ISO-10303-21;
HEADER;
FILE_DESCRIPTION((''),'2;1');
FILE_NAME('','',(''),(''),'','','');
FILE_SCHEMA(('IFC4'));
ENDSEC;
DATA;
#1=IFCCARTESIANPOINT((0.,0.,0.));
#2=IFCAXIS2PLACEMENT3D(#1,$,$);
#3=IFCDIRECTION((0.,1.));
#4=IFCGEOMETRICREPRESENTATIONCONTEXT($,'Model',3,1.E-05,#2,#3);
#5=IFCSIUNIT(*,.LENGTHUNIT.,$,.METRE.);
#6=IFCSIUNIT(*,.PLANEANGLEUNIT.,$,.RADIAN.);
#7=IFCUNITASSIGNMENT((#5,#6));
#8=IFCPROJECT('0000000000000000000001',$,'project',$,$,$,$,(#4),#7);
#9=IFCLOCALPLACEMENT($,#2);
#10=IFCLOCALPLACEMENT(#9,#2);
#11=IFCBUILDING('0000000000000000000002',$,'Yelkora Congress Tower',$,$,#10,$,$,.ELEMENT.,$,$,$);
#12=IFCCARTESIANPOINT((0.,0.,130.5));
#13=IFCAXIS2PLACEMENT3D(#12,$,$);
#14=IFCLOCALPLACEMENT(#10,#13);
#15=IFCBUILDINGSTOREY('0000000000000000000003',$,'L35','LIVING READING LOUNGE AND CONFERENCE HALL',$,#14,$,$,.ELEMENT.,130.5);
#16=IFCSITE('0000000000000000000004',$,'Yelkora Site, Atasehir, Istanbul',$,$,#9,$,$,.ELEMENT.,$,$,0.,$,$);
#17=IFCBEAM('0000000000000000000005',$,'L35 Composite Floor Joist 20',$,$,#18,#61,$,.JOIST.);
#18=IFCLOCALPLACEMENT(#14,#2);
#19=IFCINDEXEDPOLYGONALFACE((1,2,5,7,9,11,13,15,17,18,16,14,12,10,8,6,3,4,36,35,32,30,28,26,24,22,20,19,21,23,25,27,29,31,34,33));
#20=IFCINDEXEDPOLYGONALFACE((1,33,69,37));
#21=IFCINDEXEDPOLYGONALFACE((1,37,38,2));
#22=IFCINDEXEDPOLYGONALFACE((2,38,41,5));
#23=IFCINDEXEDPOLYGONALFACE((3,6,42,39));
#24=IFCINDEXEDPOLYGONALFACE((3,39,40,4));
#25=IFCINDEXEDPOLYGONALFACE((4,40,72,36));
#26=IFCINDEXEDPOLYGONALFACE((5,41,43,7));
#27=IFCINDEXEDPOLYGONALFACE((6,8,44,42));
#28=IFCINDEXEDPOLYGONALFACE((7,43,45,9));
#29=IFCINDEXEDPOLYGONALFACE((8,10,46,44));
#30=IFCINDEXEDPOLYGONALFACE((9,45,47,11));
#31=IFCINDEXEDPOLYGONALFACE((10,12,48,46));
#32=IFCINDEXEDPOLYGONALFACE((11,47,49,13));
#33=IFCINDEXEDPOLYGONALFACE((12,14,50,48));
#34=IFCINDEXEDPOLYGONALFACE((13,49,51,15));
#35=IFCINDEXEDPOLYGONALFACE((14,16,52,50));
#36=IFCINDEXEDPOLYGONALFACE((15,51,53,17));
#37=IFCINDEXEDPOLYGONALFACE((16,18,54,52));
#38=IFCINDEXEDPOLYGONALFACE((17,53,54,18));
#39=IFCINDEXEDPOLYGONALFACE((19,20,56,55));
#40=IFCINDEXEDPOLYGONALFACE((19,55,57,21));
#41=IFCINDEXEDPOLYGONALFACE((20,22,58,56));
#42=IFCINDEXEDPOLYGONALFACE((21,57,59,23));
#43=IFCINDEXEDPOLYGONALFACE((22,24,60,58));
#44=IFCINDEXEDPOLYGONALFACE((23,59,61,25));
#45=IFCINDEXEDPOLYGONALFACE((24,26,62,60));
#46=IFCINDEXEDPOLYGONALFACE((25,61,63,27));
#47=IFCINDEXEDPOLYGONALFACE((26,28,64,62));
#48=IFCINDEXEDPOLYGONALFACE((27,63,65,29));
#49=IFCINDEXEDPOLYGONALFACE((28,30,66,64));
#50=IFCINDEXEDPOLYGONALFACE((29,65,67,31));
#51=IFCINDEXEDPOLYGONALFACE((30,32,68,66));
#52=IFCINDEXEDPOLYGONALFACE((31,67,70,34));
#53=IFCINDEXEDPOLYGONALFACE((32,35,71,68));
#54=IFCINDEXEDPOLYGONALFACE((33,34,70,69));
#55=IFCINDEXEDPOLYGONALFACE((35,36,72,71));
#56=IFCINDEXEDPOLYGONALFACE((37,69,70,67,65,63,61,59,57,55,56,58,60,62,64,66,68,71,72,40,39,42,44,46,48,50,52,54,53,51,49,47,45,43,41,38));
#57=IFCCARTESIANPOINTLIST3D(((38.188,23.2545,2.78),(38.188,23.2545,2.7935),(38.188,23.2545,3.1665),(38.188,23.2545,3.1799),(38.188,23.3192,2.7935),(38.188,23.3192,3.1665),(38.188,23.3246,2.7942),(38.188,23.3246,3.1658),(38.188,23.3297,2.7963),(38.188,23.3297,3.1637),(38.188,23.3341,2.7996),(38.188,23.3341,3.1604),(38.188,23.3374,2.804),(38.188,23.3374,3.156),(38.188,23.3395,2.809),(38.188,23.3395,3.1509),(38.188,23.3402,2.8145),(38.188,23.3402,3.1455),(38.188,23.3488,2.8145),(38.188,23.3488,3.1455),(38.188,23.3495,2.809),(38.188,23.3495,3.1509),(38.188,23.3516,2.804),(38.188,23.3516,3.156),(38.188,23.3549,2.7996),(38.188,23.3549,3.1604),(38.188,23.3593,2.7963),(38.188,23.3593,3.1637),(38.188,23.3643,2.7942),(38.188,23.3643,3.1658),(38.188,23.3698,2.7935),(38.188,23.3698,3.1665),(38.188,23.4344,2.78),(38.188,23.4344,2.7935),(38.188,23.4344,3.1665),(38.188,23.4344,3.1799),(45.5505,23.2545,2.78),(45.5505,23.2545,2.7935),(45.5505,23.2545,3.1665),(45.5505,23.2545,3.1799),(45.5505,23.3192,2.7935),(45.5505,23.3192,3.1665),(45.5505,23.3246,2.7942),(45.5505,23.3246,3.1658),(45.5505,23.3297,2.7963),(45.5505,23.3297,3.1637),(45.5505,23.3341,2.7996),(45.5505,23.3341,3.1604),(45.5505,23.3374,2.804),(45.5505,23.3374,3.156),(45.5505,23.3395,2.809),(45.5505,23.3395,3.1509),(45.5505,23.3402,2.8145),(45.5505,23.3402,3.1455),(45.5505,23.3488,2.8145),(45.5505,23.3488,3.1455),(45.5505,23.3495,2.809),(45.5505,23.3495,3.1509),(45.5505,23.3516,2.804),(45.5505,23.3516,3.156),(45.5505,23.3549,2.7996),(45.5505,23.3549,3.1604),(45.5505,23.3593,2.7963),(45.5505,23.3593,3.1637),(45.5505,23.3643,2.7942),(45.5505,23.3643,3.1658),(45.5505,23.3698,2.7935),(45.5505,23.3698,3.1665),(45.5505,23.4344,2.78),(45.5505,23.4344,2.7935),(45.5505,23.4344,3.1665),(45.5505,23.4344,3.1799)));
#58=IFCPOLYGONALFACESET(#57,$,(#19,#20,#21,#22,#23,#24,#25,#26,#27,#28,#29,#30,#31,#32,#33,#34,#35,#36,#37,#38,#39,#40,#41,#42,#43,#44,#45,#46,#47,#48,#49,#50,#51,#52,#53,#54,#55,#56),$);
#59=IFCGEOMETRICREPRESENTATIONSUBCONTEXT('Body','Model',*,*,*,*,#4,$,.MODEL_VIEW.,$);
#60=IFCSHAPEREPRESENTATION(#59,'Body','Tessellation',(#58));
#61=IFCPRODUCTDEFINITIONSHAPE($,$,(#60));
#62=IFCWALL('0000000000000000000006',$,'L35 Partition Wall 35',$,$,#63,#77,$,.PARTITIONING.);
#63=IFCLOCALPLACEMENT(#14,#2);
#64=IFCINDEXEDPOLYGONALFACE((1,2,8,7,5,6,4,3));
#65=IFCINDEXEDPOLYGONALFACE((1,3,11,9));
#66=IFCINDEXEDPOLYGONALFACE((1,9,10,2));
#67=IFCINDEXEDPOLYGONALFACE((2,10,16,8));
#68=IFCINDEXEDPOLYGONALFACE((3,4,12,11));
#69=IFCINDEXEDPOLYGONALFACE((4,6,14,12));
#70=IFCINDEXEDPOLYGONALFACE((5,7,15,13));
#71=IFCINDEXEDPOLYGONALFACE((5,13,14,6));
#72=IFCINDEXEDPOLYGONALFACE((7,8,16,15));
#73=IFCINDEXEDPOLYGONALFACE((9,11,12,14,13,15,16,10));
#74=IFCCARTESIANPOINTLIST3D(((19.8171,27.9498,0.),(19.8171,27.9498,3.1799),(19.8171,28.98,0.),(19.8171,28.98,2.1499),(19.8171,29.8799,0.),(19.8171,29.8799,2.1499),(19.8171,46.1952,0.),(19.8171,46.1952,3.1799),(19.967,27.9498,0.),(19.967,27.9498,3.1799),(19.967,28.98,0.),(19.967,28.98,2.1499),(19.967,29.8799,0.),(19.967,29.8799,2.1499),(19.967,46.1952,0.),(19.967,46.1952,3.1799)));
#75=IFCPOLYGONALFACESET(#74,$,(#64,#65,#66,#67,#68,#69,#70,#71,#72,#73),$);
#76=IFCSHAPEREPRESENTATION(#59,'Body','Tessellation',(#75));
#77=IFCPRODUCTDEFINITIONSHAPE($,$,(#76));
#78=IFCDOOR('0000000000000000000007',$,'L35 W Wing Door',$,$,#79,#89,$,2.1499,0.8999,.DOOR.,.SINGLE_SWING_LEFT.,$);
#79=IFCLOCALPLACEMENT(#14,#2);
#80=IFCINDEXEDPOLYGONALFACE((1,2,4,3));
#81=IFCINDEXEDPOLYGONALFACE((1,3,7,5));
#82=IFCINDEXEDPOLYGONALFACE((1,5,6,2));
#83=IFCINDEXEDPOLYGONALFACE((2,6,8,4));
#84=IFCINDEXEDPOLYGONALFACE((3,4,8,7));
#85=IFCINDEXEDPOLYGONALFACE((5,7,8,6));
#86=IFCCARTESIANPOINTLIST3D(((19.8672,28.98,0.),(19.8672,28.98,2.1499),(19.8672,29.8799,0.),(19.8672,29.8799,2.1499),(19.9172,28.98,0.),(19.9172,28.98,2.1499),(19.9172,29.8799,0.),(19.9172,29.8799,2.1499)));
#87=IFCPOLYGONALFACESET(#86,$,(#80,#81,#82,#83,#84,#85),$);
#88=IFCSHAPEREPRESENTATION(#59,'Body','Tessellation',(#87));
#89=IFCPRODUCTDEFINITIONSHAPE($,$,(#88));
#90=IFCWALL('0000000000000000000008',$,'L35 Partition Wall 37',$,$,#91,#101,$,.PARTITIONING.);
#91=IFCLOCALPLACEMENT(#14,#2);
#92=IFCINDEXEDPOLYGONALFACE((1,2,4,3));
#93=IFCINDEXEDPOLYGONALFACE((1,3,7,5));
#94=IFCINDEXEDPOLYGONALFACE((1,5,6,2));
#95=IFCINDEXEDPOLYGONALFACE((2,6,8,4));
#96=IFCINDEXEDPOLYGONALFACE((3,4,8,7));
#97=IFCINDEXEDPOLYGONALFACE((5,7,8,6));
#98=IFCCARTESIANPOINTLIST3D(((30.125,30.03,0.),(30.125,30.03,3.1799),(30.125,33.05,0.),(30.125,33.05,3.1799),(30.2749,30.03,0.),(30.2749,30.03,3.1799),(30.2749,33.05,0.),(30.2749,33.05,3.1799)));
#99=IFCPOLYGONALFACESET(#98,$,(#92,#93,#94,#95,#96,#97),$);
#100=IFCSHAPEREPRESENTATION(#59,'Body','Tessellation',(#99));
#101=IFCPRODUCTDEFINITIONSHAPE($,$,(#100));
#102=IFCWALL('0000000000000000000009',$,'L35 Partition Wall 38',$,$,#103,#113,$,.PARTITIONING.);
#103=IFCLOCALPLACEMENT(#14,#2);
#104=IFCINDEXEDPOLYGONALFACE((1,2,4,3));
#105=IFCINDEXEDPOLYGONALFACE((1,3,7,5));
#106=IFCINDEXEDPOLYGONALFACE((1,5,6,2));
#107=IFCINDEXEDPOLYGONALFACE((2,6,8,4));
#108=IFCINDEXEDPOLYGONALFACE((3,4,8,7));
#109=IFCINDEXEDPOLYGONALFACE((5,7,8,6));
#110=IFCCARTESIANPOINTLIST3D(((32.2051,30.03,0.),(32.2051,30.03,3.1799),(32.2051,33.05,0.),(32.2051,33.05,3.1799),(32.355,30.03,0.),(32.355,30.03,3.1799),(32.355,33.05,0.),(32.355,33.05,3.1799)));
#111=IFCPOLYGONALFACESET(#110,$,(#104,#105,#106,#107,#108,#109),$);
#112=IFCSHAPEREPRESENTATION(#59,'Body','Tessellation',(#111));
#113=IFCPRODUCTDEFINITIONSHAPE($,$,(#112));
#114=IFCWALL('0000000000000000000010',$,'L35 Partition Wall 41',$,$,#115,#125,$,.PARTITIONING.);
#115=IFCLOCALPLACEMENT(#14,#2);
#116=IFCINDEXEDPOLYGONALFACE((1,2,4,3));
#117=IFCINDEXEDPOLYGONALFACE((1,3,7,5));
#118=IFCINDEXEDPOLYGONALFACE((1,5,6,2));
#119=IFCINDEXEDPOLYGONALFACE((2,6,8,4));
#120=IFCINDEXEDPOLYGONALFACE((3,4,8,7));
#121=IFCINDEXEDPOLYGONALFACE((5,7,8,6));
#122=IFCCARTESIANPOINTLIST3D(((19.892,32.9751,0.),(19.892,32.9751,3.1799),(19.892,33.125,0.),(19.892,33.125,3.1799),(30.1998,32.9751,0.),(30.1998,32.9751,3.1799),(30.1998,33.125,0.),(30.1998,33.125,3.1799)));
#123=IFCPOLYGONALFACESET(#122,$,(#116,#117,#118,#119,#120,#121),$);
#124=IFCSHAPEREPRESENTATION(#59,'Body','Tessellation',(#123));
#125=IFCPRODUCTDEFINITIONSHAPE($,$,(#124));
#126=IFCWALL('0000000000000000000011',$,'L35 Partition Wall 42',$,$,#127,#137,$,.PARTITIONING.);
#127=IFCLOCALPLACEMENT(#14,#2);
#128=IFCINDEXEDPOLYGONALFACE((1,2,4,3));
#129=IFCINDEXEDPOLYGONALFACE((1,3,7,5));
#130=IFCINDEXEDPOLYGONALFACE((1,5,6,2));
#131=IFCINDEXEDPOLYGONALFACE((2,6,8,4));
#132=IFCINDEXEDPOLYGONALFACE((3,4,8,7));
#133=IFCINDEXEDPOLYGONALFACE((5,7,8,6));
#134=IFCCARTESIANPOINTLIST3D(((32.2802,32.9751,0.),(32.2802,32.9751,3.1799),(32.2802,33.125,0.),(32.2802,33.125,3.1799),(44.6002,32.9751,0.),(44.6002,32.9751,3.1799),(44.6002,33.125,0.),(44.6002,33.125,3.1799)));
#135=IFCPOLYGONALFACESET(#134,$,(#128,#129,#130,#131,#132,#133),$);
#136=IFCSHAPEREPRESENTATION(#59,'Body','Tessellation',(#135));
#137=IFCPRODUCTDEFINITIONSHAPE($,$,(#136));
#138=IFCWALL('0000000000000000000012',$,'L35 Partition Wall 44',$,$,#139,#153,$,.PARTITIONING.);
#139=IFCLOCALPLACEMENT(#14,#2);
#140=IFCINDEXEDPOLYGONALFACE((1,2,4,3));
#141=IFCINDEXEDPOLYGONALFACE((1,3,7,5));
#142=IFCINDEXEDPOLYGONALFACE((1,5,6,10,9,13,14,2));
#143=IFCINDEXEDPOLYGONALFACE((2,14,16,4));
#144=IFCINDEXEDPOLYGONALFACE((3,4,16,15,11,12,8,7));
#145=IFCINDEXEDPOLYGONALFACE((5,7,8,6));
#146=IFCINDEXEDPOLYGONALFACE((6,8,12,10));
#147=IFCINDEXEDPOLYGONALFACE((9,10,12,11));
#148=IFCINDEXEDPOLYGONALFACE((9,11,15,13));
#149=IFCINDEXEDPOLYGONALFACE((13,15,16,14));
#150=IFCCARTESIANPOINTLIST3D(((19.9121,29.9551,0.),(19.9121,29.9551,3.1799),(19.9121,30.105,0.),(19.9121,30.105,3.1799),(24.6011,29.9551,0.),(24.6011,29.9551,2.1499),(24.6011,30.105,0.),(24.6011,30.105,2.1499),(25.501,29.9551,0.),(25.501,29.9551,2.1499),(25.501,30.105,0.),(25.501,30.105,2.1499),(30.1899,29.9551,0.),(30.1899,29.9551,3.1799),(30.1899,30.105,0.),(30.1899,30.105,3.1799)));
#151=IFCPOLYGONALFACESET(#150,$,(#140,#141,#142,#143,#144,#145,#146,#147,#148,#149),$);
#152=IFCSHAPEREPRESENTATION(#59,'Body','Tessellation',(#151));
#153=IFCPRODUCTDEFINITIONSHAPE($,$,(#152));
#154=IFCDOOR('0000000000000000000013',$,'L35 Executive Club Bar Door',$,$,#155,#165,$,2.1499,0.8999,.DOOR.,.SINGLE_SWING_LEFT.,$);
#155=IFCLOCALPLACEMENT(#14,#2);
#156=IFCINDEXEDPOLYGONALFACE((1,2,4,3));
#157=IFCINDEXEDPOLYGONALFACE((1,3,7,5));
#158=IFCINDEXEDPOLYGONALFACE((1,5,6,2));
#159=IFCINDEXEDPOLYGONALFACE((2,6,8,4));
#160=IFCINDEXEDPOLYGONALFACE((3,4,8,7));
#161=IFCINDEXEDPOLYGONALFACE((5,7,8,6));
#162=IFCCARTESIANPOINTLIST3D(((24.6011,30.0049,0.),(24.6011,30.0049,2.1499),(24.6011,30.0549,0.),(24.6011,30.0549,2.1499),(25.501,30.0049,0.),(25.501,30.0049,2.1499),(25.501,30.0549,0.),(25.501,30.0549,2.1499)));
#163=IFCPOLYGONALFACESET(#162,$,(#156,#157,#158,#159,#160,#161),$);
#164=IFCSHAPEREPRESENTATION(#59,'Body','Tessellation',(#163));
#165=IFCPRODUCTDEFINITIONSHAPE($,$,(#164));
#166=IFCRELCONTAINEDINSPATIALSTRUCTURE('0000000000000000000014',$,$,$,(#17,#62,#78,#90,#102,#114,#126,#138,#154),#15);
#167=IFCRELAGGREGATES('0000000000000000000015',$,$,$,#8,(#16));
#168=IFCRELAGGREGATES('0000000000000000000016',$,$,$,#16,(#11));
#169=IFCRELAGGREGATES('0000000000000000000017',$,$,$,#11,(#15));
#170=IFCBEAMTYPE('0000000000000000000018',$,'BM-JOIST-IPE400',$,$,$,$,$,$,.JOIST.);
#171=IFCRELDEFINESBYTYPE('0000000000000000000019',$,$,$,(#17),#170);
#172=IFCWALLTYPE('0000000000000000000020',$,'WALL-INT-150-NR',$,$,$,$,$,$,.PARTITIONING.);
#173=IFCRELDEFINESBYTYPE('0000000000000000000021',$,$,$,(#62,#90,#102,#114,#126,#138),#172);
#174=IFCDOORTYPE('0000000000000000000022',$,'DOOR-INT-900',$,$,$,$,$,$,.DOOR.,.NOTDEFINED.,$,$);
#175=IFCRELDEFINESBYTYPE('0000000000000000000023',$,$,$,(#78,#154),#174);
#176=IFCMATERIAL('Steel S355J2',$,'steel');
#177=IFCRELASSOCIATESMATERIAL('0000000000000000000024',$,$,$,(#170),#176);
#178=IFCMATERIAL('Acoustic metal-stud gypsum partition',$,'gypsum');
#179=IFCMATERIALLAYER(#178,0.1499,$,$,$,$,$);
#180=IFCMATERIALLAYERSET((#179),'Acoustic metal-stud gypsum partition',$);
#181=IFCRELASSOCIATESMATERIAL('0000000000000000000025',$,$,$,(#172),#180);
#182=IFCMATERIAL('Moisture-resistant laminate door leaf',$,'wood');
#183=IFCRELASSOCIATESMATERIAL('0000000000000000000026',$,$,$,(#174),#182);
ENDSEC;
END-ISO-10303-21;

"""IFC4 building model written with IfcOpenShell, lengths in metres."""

from ifc_helpers import new_model, si_unit, direction, frame, frame_2d, origin, origin_2d, place, context, subcontext, project, spatial, rectangle, i_section, extrude, material, layer, layer_set, material_profile, profile_set, type_object, element, fill, save


model = new_model("IFC4")

# Units and contexts
model_context = context("Model", 3, precision=1e-05, world=origin(), true_north=direction((0.0, 1.0)))
body_context = subcontext(model_context, "Body", "Model", "MODEL_VIEW")
ifc_project = project(units=[si_unit("LENGTHUNIT", "METRE"), si_unit("PLANEANGLEUNIT", "RADIAN")], contexts=[model_context])

# Site, building, storey
site_placement = place(None, origin())
site = spatial("IfcSite", under=ifc_project, at=site_placement, Name="Yelkora Site, Atasehir, Istanbul", CompositionType="ELEMENT", RefElevation=0.0)
building_placement = place(site_placement, origin())
building = spatial("IfcBuilding", under=site, at=building_placement, Name="Yelkora Congress Tower", CompositionType="ELEMENT")
storey_placement = place(building_placement, frame((0.0, 0.0, 130.5)))
storey = spatial("IfcBuildingStorey", under=building, at=storey_placement, Name="L35", Description="LIVING READING LOUNGE AND CONFERENCE HALL", CompositionType="ELEMENT", Elevation=130.5)

# Beam
ifc_material_1 = material(Name="Steel S355J2", Category="steel")
ifc_material_profile_1 = material_profile(ifc_material_1, i_section(OverallWidth=0.1799, OverallDepth=0.3999, WebThickness=0.0085, FlangeThickness=0.0134, FilletRadius=0.021, at=origin_2d()), Name="IPE 400")
ifc_profile_set_1 = profile_set([ifc_material_profile_1], Name="Steel S355J2")
beam_type_1 = type_object("IfcBeamType", Name="BM-JOIST-IPE400", PredefinedType="JOIST", material=ifc_profile_set_1)
beam_1_placement = place(storey_placement, frame((38.188, 23.3445, 2.98), z_axis=(1.0, 0.0, 0.0), x_axis=(0.0, 1.0, 0.0)))
element("IfcBeam", 1, at=beam_1_placement, inside=storey, type_object=beam_type_1, Name="L35 Composite Floor Joist 20", PredefinedType="JOIST", context=body_context, shape_type="SweptSolid", body=[
    extrude(i_section(OverallWidth=0.1799, OverallDepth=0.3999, WebThickness=0.0085, FlangeThickness=0.0134, FilletRadius=0.021, at=origin_2d()), origin(), (0.0, 0.0, 1.0), 7.3625),
])

# Wall, opening, door
ifc_material_2 = material(Name="Acoustic metal-stud gypsum partition", Category="gypsum")
ifc_layer = layer(ifc_material_2, 0.1499)
ifc_layer_set = layer_set([ifc_layer], Name="Acoustic metal-stud gypsum partition")
wall_type = type_object("IfcWallType", Name="WALL-INT-150-NR", PredefinedType="PARTITIONING", material=ifc_layer_set)
wall_1_placement = place(storey_placement, frame((19.8921, 27.95, 0.0), z_axis=(0.0, 0.0, 1.0), x_axis=(0.0, 1.0, 0.0)))
wall_1 = element("IfcWall", 2, at=wall_1_placement, inside=storey, type_object=wall_type, Name="L35 Partition Wall 35", PredefinedType="PARTITIONING", context=body_context, shape_type="SweptSolid", body=[
    extrude(rectangle(XDim=18.2454, YDim=0.1499, at=frame_2d((9.1226, 0.0))), origin(), (0.0, 0.0, 1.0), 3.1799),
])
opening_1_placement = place(wall_1_placement, frame((1.03, 0.0, 0.0)))
opening_1 = element("IfcOpeningElement", 3, at=opening_1_placement, cuts=wall_1, PredefinedType="OPENING", context=body_context, shape_type="SweptSolid", body=[
    extrude(rectangle(XDim=0.8999, YDim=2.1499, at=frame_2d((0.45, 1.075))), frame((0.0, 0.085, 0.0), z_axis=(0.0, -1.0, 0.0), x_axis=(1.0, 0.0, 0.0)), (0.0, 0.0, 1.0), 0.1699),
])
ifc_material_3 = material(Name="Moisture-resistant laminate door leaf", Category="wood")
door_type = type_object("IfcDoorType", Name="DOOR-INT-900", OperationType="NOTDEFINED", PredefinedType="DOOR", material=ifc_material_3)
door_1_placement = place(opening_1_placement, origin())
door_1 = element("IfcDoor", 4, at=door_1_placement, inside=storey, type_object=door_type, Name="L35 W Wing Door", OperationType="SINGLE_SWING_LEFT", OverallHeight=2.1499, OverallWidth=0.8999, PredefinedType="DOOR", context=body_context, shape_type="SweptSolid", body=[
    extrude(rectangle(XDim=0.8999, YDim=2.1499, at=frame_2d((0.45, 1.075))), frame((0.0, 0.0249, 0.0), z_axis=(0.0, -1.0, 0.0), x_axis=(1.0, 0.0, 0.0)), (0.0, 0.0, 1.0), 0.05),
])
fill(opening_1, door_1)

# Walls
for number, where, z_axis, x_axis, name in (
    (5, (30.2, 30.03, 0.0), (0.0, 0.0, 1.0), (0.0, 1.0, 0.0), "L35 Partition Wall 37"),
    (6, (32.28, 30.03, 0.0), (0.0, 0.0, 1.0), (0.0, 1.0, 0.0), "L35 Partition Wall 38"),
):
    element("IfcWall", number, at=place(storey_placement, frame(where, z_axis=z_axis, x_axis=x_axis)), inside=storey, type_object=wall_type, Name=name, PredefinedType="PARTITIONING", context=body_context, shape_type="SweptSolid", body=[
        extrude(rectangle(XDim=3.02, YDim=0.1499, at=frame_2d((1.51, 0.0))), origin(), (0.0, 0.0, 1.0), 3.1799),
    ])
wall_2_placement = place(storey_placement, frame((19.8921, 33.05, 0.0), z_axis=(0.0, 0.0, 1.0), x_axis=(1.0, 0.0, 0.0)))
element("IfcWall", 7, at=wall_2_placement, inside=storey, type_object=wall_type, Name="L35 Partition Wall 41", PredefinedType="PARTITIONING", context=body_context, shape_type="SweptSolid", body=[
    extrude(rectangle(XDim=10.3079, YDim=0.1499, at=frame_2d((5.1538, 0.0))), origin(), (0.0, 0.0, 1.0), 3.1799),
])
wall_3_placement = place(storey_placement, frame((32.28, 33.05, 0.0), z_axis=(0.0, 0.0, 1.0), x_axis=(1.0, 0.0, 0.0)))
element("IfcWall", 8, at=wall_3_placement, inside=storey, type_object=wall_type, Name="L35 Partition Wall 42", PredefinedType="PARTITIONING", context=body_context, shape_type="SweptSolid", body=[
    extrude(rectangle(XDim=12.3201, YDim=0.1499, at=frame_2d((6.1602, 0.0))), origin(), (0.0, 0.0, 1.0), 3.1799),
])

# Wall, opening, door
wall_4_placement = place(storey_placement, frame((19.9121, 30.03, 0.0), z_axis=(0.0, 0.0, 1.0), x_axis=(1.0, 0.0, 0.0)))
wall_4 = element("IfcWall", 9, at=wall_4_placement, inside=storey, type_object=wall_type, Name="L35 Partition Wall 44", PredefinedType="PARTITIONING", context=body_context, shape_type="SweptSolid", body=[
    extrude(rectangle(XDim=10.2778, YDim=0.1499, at=frame_2d((5.1389, 0.0))), origin(), (0.0, 0.0, 1.0), 3.1799),
])
opening_2_placement = place(wall_4_placement, frame((4.689, 0.0, 0.0)))
opening_2 = element("IfcOpeningElement", 10, at=opening_2_placement, cuts=wall_4, PredefinedType="OPENING", context=body_context, shape_type="SweptSolid", body=[
    extrude(rectangle(XDim=0.8999, YDim=2.1499, at=frame_2d((0.45, 1.075))), frame((0.0, 0.085, 0.0), z_axis=(0.0, -1.0, 0.0), x_axis=(1.0, 0.0, 0.0)), (0.0, 0.0, 1.0), 0.1699),
])
door_2_placement = place(opening_2_placement, origin())
door_2 = element("IfcDoor", 11, at=door_2_placement, inside=storey, type_object=door_type, Name="L35 Executive Club Bar Door", OperationType="SINGLE_SWING_LEFT", OverallHeight=2.1499, OverallWidth=0.8999, PredefinedType="DOOR", context=body_context, shape_type="SweptSolid", body=[
    extrude(rectangle(XDim=0.8999, YDim=2.1499, at=frame_2d((0.45, 1.075))), frame((0.0, 0.0249, 0.0), z_axis=(0.0, -1.0, 0.0), x_axis=(1.0, 0.0, 0.0)), (0.0, 0.0, 1.0), 0.05),
])
fill(opening_2, door_2)

save(model, "model.ifc")
